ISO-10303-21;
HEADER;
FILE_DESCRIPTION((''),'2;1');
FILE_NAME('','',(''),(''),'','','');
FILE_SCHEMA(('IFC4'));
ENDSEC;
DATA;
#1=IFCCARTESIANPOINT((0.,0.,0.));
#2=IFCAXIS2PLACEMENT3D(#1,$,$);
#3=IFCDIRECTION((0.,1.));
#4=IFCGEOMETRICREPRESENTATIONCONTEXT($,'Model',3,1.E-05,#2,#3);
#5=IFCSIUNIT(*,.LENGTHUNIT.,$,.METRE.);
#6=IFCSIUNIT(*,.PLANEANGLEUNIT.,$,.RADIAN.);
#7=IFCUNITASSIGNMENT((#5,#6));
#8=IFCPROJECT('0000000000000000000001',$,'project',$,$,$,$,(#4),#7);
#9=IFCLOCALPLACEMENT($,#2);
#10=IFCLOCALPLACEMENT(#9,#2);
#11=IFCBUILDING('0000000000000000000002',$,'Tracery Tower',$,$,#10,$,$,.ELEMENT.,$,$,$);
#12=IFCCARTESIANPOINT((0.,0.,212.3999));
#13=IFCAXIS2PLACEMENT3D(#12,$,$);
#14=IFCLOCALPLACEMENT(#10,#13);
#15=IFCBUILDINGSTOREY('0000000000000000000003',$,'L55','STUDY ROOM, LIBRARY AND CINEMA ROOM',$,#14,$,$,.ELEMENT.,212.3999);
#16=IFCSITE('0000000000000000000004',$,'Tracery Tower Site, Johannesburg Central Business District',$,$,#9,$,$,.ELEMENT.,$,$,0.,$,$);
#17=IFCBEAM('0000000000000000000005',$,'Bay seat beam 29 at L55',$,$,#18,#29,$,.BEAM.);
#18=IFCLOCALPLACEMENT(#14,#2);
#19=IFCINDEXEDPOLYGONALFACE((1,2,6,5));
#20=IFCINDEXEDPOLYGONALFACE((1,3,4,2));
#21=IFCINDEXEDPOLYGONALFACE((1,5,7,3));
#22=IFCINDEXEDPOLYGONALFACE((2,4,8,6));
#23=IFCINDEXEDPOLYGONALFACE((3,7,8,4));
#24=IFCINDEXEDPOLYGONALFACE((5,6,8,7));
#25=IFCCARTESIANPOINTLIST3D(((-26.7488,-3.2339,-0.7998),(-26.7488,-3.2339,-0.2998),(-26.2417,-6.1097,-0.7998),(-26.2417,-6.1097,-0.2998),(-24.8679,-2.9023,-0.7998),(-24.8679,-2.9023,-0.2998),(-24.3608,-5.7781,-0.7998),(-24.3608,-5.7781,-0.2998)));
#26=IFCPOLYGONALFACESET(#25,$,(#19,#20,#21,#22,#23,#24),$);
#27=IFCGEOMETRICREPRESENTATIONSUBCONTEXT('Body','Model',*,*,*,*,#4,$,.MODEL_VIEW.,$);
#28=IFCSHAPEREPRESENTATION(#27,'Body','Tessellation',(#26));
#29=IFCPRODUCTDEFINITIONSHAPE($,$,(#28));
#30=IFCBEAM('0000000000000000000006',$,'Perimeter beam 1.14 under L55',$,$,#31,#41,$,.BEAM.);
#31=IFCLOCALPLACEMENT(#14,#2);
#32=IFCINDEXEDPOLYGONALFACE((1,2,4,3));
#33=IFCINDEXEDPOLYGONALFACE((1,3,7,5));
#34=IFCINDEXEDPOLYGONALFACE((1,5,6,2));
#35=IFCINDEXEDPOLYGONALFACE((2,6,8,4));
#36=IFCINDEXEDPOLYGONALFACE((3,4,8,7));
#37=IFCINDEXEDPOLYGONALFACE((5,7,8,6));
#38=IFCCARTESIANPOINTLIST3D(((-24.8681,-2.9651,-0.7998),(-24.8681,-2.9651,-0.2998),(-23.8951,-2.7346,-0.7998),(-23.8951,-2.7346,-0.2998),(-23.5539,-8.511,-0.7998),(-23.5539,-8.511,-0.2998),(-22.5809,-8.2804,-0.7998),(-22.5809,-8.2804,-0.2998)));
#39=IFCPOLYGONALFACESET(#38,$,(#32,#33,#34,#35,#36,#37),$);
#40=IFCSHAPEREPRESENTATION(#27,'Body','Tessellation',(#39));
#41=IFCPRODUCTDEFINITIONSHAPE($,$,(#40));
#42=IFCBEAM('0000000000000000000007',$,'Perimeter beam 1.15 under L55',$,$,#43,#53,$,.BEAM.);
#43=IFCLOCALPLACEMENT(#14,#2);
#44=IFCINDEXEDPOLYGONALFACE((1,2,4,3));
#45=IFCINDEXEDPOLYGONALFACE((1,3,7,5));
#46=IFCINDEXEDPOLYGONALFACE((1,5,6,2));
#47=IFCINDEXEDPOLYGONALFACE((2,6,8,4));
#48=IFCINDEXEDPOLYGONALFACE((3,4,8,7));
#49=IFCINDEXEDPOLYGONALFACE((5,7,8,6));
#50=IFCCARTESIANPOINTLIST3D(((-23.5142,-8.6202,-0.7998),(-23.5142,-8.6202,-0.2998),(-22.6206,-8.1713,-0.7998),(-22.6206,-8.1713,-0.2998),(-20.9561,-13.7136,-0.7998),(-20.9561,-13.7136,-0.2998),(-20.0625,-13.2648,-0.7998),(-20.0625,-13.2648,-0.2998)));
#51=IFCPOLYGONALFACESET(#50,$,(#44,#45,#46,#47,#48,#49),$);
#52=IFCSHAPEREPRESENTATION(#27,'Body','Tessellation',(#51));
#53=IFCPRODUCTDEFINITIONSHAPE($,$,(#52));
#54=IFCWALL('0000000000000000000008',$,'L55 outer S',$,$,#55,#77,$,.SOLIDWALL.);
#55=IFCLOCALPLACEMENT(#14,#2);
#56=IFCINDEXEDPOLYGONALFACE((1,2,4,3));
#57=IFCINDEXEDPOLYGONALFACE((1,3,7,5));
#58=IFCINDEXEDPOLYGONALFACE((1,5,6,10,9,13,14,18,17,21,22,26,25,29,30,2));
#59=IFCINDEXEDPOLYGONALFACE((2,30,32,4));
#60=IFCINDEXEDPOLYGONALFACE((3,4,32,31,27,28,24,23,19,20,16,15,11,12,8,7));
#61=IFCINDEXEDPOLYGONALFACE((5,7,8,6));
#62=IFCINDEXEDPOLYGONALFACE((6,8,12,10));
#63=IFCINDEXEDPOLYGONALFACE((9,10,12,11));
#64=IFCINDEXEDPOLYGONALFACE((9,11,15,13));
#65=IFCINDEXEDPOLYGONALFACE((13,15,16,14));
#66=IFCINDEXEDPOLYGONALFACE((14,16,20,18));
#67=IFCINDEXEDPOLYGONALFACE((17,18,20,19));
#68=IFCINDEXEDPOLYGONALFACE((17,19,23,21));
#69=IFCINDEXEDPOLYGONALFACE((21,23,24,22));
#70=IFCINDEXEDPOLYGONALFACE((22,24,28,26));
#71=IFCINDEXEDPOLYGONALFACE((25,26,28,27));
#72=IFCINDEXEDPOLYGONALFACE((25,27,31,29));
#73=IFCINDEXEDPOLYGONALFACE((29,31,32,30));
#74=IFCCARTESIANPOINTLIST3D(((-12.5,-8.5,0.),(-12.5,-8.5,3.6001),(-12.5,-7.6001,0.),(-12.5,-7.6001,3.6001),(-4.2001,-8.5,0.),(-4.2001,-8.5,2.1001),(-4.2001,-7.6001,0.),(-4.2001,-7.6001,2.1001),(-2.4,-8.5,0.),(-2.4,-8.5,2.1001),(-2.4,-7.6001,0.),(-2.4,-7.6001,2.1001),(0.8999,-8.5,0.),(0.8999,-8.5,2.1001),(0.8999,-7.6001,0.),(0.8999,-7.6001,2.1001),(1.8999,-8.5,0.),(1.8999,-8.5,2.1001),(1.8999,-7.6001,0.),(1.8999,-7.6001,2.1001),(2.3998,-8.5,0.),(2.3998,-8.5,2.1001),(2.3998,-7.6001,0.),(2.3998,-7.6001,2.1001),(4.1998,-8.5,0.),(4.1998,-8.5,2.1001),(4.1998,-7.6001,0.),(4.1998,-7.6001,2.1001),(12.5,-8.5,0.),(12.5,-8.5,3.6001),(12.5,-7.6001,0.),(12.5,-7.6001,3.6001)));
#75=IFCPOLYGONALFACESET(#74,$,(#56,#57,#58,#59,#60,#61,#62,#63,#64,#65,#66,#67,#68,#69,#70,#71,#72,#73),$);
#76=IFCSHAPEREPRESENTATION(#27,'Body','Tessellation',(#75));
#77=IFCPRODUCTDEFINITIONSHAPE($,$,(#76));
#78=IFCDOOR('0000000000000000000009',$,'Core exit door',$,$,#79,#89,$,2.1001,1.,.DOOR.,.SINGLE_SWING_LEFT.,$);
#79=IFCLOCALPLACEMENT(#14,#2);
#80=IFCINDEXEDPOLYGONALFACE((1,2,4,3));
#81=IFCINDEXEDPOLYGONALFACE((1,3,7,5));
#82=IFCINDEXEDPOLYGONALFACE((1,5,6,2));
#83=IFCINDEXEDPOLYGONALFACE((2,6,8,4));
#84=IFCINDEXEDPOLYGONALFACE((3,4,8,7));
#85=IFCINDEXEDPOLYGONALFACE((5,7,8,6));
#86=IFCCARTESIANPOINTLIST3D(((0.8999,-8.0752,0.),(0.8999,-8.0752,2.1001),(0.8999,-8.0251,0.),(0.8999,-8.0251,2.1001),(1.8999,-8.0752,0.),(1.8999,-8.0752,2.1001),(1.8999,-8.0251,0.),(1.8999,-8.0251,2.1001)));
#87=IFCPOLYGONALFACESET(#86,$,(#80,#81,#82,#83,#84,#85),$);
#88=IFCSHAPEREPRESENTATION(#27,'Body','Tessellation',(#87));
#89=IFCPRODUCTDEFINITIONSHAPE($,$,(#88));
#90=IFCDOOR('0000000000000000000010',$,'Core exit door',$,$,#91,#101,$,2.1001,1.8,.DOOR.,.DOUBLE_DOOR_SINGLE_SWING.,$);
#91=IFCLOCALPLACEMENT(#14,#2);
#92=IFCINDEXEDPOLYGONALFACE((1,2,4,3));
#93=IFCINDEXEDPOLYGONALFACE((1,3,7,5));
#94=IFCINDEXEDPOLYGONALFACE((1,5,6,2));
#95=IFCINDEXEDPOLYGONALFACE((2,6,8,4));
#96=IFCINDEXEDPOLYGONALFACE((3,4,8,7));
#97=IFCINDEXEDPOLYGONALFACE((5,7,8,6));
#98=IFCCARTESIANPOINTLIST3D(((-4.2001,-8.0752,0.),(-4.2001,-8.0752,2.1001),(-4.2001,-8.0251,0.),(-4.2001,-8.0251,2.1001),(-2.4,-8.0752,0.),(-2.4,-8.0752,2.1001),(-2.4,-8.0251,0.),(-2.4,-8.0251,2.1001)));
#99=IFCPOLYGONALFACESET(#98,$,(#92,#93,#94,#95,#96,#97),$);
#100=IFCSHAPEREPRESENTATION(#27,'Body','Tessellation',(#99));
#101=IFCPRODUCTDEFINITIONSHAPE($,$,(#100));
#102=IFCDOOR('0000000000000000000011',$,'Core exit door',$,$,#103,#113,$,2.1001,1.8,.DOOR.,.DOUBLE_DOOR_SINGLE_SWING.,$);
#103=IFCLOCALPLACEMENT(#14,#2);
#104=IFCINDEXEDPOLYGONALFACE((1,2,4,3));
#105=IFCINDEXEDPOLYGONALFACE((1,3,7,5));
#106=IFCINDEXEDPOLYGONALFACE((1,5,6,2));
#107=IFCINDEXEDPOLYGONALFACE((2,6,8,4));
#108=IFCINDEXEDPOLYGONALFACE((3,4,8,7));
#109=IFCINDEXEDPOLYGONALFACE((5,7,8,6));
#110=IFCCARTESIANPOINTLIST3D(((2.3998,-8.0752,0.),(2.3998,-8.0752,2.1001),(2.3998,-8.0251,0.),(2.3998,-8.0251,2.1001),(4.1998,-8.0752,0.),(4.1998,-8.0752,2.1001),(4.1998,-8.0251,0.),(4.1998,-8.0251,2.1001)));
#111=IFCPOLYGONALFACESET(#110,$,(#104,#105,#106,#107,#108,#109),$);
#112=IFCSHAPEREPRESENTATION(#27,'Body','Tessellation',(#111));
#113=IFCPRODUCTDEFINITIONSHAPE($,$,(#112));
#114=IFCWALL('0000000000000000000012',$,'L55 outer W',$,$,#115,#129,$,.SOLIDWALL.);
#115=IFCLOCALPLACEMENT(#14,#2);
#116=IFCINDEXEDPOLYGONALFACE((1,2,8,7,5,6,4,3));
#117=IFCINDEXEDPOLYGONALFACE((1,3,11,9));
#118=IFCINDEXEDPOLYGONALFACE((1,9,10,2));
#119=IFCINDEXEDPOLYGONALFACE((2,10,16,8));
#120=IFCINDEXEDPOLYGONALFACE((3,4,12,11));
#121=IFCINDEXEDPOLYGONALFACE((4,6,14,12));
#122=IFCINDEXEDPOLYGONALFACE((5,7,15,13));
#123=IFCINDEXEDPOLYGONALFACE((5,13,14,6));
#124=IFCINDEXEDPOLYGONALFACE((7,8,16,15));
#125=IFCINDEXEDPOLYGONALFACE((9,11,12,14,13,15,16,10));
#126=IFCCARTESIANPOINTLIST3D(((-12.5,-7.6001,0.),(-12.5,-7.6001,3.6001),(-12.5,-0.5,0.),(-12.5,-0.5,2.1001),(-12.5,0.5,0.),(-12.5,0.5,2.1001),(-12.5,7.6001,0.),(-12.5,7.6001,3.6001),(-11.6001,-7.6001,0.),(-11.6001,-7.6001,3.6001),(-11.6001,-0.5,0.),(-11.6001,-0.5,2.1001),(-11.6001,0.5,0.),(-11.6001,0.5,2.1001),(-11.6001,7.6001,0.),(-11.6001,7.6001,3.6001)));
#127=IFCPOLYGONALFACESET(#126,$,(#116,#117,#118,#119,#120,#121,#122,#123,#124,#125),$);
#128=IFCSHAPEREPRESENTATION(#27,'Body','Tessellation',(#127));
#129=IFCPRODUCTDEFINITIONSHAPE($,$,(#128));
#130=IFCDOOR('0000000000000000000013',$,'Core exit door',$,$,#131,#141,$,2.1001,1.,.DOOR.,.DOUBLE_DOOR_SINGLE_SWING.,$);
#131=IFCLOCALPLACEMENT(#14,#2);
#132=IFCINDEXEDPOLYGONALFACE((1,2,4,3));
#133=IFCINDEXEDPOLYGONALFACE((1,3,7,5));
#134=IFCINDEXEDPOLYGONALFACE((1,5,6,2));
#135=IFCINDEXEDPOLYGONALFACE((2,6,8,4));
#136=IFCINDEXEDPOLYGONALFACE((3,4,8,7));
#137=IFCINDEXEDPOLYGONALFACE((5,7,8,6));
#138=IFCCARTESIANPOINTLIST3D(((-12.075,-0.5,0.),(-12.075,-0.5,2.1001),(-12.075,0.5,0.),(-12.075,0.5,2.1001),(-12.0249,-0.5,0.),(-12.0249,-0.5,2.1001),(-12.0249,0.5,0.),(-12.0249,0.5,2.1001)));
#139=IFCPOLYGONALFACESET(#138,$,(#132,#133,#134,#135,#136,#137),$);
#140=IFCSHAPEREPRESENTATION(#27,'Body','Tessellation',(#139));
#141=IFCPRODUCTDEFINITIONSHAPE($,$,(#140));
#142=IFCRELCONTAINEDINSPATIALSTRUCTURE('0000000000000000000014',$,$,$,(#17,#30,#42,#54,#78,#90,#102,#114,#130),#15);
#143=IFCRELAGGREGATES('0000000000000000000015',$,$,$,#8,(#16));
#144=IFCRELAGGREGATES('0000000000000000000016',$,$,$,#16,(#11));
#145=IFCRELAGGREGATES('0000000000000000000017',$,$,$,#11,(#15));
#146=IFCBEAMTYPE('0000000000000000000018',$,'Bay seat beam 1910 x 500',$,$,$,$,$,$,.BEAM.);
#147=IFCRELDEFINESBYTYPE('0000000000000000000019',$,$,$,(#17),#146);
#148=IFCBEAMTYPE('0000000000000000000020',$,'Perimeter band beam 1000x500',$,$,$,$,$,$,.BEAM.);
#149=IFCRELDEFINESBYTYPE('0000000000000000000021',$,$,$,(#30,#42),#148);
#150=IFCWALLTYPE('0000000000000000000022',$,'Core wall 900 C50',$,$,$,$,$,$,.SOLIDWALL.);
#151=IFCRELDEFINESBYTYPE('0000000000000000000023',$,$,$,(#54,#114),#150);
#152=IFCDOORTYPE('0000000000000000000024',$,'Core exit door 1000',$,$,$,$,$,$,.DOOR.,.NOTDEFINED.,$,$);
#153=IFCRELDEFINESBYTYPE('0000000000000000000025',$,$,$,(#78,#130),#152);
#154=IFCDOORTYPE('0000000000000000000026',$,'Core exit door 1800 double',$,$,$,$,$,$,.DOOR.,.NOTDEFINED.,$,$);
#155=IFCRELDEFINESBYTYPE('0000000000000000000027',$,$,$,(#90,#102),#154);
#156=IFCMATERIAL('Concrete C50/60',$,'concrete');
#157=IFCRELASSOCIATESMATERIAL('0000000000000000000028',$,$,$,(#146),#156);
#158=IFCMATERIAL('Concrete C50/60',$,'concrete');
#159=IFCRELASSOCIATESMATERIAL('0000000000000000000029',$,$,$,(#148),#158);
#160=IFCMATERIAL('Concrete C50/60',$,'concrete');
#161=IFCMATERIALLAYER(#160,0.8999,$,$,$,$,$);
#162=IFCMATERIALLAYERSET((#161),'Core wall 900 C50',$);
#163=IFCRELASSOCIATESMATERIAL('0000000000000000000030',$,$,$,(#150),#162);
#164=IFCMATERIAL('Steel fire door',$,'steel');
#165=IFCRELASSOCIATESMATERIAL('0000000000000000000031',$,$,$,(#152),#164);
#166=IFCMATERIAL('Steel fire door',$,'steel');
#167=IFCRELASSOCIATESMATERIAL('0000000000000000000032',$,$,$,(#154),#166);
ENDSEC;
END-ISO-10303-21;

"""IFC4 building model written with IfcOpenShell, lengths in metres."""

from ifc_helpers import new_model, si_unit, direction, frame, frame_2d, origin, origin_2d, place, context, subcontext, project, spatial, rectangle, extrude, material, layer, layer_set, material_profile, profile_set, type_object, element, fill, save


model = new_model("IFC4")

# Units and contexts
model_context = context("Model", 3, precision=1e-05, world=origin(), true_north=direction((0.0, 1.0)))
body_context = subcontext(model_context, "Body", "Model", "MODEL_VIEW")
ifc_project = project(units=[si_unit("LENGTHUNIT", "METRE"), si_unit("PLANEANGLEUNIT", "RADIAN")], contexts=[model_context])

# Site, building, storey
site_placement = place(None, origin())
site = spatial("IfcSite", under=ifc_project, at=site_placement, Name="Tracery Tower Site, Johannesburg Central Business District", CompositionType="ELEMENT", RefElevation=0.0)
building_placement = place(site_placement, origin())
building = spatial("IfcBuilding", under=site, at=building_placement, Name="Tracery Tower", CompositionType="ELEMENT")
storey_placement = place(building_placement, frame((0.0, 0.0, 212.3999)))
storey = spatial("IfcBuildingStorey", under=building, at=storey_placement, Name="L55", Description="STUDY ROOM, LIBRARY AND CINEMA ROOM", CompositionType="ELEMENT", Elevation=212.3999)

# Beams
ifc_material_1 = material(Name="Concrete C50/60", Category="concrete")
ifc_material_profile_1 = material_profile(ifc_material_1, rectangle(XDim=1.9099, YDim=0.5, at=origin_2d()), Name="RC 1910x500")
ifc_profile_set_1 = profile_set([ifc_material_profile_1], Name="Concrete C50/60")
beam_type_1 = type_object("IfcBeamType", Name="Bay seat beam 1910 x 500", PredefinedType="BEAM", material=ifc_profile_set_1)
beam_1_placement = place(storey_placement, frame((-25.8083, -3.0681, -0.5498), z_axis=(0.173652, -0.984807, 0.0), x_axis=(0.984807, 0.173652, 0.0)))
element("IfcBeam", 1, at=beam_1_placement, inside=storey, type_object=beam_type_1, Name="Bay seat beam 29 at L55", PredefinedType="BEAM", context=body_context, shape_type="SweptSolid", body=[
    extrude(rectangle(XDim=1.9099, YDim=0.5, at=origin_2d()), origin(), (0.0, 0.0, 1.0), 2.9202),
])
ifc_material_2 = material(Name="Concrete C50/60", Category="concrete")
ifc_material_profile_2 = material_profile(ifc_material_2, rectangle(XDim=1.0, YDim=0.5, at=origin_2d()), Name="RC 1000x500")
ifc_profile_set_2 = profile_set([ifc_material_profile_2], Name="Concrete C50/60")
beam_type_2 = type_object("IfcBeamType", Name="Perimeter band beam 1000x500", PredefinedType="BEAM", material=ifc_profile_set_2)
beam_2_placement = place(storey_placement, frame((-24.3816, -2.8499, -0.5498), z_axis=(0.230584, -0.973052, 0.0), x_axis=(0.973052, 0.230584, 0.0)))
element("IfcBeam", 2, at=beam_2_placement, inside=storey, type_object=beam_type_2, Name="Perimeter beam 1.14 under L55", PredefinedType="BEAM", context=body_context, shape_type="SweptSolid", body=[
    extrude(rectangle(XDim=1.0, YDim=0.5, at=origin_2d()), origin(), (0.0, 0.0, 1.0), 5.6995),
])
beam_3_placement = place(storey_placement, frame((-23.0674, -8.3958, -0.5498), z_axis=(0.448806, -0.893629, 0.0), x_axis=(0.893629, 0.448806, 0.0)))
element("IfcBeam", 3, at=beam_3_placement, inside=storey, type_object=beam_type_2, Name="Perimeter beam 1.15 under L55", PredefinedType="BEAM", context=body_context, shape_type="SweptSolid", body=[
    extrude(rectangle(XDim=1.0, YDim=0.5, at=origin_2d()), origin(), (0.0, 0.0, 1.0), 5.6997),
])

# Wall, openings, doors
ifc_material_3 = material(Name="Concrete C50/60", Category="concrete")
ifc_layer_1 = layer(ifc_material_3, 0.8999)
ifc_layer_set_1 = layer_set([ifc_layer_1], Name="Core wall 900 C50")
wall_type_1 = type_object("IfcWallType", Name="Core wall 900 C50", PredefinedType="SOLIDWALL", material=ifc_layer_set_1)
wall_1_placement = place(storey_placement, frame((-12.5, -8.05, 0.0), z_axis=(0.0, 0.0, 1.0), x_axis=(1.0, 0.0, 0.0)))
wall_1 = element("IfcWall", 4, at=wall_1_placement, inside=storey, type_object=wall_type_1, Name="L55 outer S", PredefinedType="SOLIDWALL", context=body_context, shape_type="SweptSolid", body=[
    extrude(rectangle(XDim=25.0, YDim=0.8999, at=frame_2d((12.5, 0.0))), origin(), (0.0, 0.0, 1.0), 3.6001),
])
opening_1_placement = place(wall_1_placement, frame((13.3999, 0.0, 0.0)))
opening_1 = element("IfcOpeningElement", 5, at=opening_1_placement, cuts=wall_1, PredefinedType="OPENING", context=body_context, shape_type="SweptSolid", body=[
    extrude(rectangle(XDim=1.0, YDim=2.1001, at=frame_2d((0.5, 1.05))), frame((0.0, 0.45, 0.0), z_axis=(0.0, -1.0, 0.0), x_axis=(1.0, 0.0, 0.0)), (0.0, 0.0, 1.0), 0.8999),
])
opening_2_placement = place(wall_1_placement, frame((8.3, 0.0, 0.0)))
opening_2 = element("IfcOpeningElement", 6, at=opening_2_placement, cuts=wall_1, PredefinedType="OPENING", context=body_context, shape_type="SweptSolid", body=[
    extrude(rectangle(XDim=1.8, YDim=2.1001, at=frame_2d((0.8999, 1.05))), frame((0.0, 0.45, 0.0), z_axis=(0.0, -1.0, 0.0), x_axis=(1.0, 0.0, 0.0)), (0.0, 0.0, 1.0), 0.8999),
])
opening_3_placement = place(wall_1_placement, frame((14.8999, 0.0, 0.0)))
opening_3 = element("IfcOpeningElement", 7, at=opening_3_placement, cuts=wall_1, PredefinedType="OPENING", context=body_context, shape_type="SweptSolid", body=[
    extrude(rectangle(XDim=1.8, YDim=2.1001, at=frame_2d((0.8999, 1.05))), frame((0.0, 0.45, 0.0), z_axis=(0.0, -1.0, 0.0), x_axis=(1.0, 0.0, 0.0)), (0.0, 0.0, 1.0), 0.8999),
])
ifc_material_4 = material(Name="Steel fire door", Category="steel")
door_type_1 = type_object("IfcDoorType", Name="Core exit door 1000", OperationType="NOTDEFINED", PredefinedType="DOOR", material=ifc_material_4)
door_1_placement = place(opening_1_placement, origin())
door_1 = element("IfcDoor", 8, at=door_1_placement, inside=storey, type_object=door_type_1, Name="Core exit door", OperationType="SINGLE_SWING_LEFT", OverallHeight=2.1001, OverallWidth=1.0, PredefinedType="DOOR", context=body_context, shape_type="SweptSolid", body=[
    extrude(rectangle(XDim=1.0, YDim=2.1001, at=frame_2d((0.5, 1.05))), frame((0.0, 0.0249, 0.0), z_axis=(0.0, -1.0, 0.0), x_axis=(1.0, 0.0, 0.0)), (0.0, 0.0, 1.0), 0.05),
])
fill(opening_1, door_1)
ifc_material_5 = material(Name="Steel fire door", Category="steel")
door_type_2 = type_object("IfcDoorType", Name="Core exit door 1800 double", OperationType="NOTDEFINED", PredefinedType="DOOR", material=ifc_material_5)
door_2_placement = place(opening_2_placement, origin())
door_2 = element("IfcDoor", 9, at=door_2_placement, inside=storey, type_object=door_type_2, Name="Core exit door", OperationType="DOUBLE_DOOR_SINGLE_SWING", OverallHeight=2.1001, OverallWidth=1.8, PredefinedType="DOOR", context=body_context, shape_type="SweptSolid", body=[
    extrude(rectangle(XDim=1.8, YDim=2.1001, at=frame_2d((0.8999, 1.05))), frame((0.0, 0.0249, 0.0), z_axis=(0.0, -1.0, 0.0), x_axis=(1.0, 0.0, 0.0)), (0.0, 0.0, 1.0), 0.05),
])
fill(opening_2, door_2)
door_3_placement = place(opening_3_placement, origin())
door_3 = element("IfcDoor", 10, at=door_3_placement, inside=storey, type_object=door_type_2, Name="Core exit door", OperationType="DOUBLE_DOOR_SINGLE_SWING", OverallHeight=2.1001, OverallWidth=1.8, PredefinedType="DOOR", context=body_context, shape_type="SweptSolid", body=[
    extrude(rectangle(XDim=1.8, YDim=2.1001, at=frame_2d((0.8999, 1.05))), frame((0.0, 0.0249, 0.0), z_axis=(0.0, -1.0, 0.0), x_axis=(1.0, 0.0, 0.0)), (0.0, 0.0, 1.0), 0.05),
])
fill(opening_3, door_3)

# Wall, opening, door
wall_2_placement = place(storey_placement, frame((-12.05, -7.6001, 0.0), z_axis=(0.0, 0.0, 1.0), x_axis=(0.0, 1.0, 0.0)))
wall_2 = element("IfcWall", 11, at=wall_2_placement, inside=storey, type_object=wall_type_1, Name="L55 outer W", PredefinedType="SOLIDWALL", context=body_context, shape_type="SweptSolid", body=[
    extrude(rectangle(XDim=15.2002, YDim=0.8999, at=frame_2d((7.6001, 0.0))), origin(), (0.0, 0.0, 1.0), 3.6001),
])
opening_4_placement = place(wall_2_placement, frame((7.1001, 0.0, 0.0)))
opening_4 = element("IfcOpeningElement", 12, at=opening_4_placement, cuts=wall_2, PredefinedType="OPENING", context=body_context, shape_type="SweptSolid", body=[
    extrude(rectangle(XDim=1.0, YDim=2.1001, at=frame_2d((0.5, 1.05))), frame((0.0, 0.45, 0.0), z_axis=(0.0, -1.0, 0.0), x_axis=(1.0, 0.0, 0.0)), (0.0, 0.0, 1.0), 0.8999),
])
door_4_placement = place(opening_4_placement, origin())
door_4 = element("IfcDoor", 13, at=door_4_placement, inside=storey, type_object=door_type_1, Name="Core exit door", OperationType="DOUBLE_DOOR_SINGLE_SWING", OverallHeight=2.1001, OverallWidth=1.0, PredefinedType="DOOR", context=body_context, shape_type="SweptSolid", body=[
    extrude(rectangle(XDim=1.0, YDim=2.1001, at=frame_2d((0.5, 1.05))), frame((0.0, 0.0249, 0.0), z_axis=(0.0, -1.0, 0.0), x_axis=(1.0, 0.0, 0.0)), (0.0, 0.0, 1.0), 0.05),
])
fill(opening_4, door_4)

save(model, "model.ifc")
